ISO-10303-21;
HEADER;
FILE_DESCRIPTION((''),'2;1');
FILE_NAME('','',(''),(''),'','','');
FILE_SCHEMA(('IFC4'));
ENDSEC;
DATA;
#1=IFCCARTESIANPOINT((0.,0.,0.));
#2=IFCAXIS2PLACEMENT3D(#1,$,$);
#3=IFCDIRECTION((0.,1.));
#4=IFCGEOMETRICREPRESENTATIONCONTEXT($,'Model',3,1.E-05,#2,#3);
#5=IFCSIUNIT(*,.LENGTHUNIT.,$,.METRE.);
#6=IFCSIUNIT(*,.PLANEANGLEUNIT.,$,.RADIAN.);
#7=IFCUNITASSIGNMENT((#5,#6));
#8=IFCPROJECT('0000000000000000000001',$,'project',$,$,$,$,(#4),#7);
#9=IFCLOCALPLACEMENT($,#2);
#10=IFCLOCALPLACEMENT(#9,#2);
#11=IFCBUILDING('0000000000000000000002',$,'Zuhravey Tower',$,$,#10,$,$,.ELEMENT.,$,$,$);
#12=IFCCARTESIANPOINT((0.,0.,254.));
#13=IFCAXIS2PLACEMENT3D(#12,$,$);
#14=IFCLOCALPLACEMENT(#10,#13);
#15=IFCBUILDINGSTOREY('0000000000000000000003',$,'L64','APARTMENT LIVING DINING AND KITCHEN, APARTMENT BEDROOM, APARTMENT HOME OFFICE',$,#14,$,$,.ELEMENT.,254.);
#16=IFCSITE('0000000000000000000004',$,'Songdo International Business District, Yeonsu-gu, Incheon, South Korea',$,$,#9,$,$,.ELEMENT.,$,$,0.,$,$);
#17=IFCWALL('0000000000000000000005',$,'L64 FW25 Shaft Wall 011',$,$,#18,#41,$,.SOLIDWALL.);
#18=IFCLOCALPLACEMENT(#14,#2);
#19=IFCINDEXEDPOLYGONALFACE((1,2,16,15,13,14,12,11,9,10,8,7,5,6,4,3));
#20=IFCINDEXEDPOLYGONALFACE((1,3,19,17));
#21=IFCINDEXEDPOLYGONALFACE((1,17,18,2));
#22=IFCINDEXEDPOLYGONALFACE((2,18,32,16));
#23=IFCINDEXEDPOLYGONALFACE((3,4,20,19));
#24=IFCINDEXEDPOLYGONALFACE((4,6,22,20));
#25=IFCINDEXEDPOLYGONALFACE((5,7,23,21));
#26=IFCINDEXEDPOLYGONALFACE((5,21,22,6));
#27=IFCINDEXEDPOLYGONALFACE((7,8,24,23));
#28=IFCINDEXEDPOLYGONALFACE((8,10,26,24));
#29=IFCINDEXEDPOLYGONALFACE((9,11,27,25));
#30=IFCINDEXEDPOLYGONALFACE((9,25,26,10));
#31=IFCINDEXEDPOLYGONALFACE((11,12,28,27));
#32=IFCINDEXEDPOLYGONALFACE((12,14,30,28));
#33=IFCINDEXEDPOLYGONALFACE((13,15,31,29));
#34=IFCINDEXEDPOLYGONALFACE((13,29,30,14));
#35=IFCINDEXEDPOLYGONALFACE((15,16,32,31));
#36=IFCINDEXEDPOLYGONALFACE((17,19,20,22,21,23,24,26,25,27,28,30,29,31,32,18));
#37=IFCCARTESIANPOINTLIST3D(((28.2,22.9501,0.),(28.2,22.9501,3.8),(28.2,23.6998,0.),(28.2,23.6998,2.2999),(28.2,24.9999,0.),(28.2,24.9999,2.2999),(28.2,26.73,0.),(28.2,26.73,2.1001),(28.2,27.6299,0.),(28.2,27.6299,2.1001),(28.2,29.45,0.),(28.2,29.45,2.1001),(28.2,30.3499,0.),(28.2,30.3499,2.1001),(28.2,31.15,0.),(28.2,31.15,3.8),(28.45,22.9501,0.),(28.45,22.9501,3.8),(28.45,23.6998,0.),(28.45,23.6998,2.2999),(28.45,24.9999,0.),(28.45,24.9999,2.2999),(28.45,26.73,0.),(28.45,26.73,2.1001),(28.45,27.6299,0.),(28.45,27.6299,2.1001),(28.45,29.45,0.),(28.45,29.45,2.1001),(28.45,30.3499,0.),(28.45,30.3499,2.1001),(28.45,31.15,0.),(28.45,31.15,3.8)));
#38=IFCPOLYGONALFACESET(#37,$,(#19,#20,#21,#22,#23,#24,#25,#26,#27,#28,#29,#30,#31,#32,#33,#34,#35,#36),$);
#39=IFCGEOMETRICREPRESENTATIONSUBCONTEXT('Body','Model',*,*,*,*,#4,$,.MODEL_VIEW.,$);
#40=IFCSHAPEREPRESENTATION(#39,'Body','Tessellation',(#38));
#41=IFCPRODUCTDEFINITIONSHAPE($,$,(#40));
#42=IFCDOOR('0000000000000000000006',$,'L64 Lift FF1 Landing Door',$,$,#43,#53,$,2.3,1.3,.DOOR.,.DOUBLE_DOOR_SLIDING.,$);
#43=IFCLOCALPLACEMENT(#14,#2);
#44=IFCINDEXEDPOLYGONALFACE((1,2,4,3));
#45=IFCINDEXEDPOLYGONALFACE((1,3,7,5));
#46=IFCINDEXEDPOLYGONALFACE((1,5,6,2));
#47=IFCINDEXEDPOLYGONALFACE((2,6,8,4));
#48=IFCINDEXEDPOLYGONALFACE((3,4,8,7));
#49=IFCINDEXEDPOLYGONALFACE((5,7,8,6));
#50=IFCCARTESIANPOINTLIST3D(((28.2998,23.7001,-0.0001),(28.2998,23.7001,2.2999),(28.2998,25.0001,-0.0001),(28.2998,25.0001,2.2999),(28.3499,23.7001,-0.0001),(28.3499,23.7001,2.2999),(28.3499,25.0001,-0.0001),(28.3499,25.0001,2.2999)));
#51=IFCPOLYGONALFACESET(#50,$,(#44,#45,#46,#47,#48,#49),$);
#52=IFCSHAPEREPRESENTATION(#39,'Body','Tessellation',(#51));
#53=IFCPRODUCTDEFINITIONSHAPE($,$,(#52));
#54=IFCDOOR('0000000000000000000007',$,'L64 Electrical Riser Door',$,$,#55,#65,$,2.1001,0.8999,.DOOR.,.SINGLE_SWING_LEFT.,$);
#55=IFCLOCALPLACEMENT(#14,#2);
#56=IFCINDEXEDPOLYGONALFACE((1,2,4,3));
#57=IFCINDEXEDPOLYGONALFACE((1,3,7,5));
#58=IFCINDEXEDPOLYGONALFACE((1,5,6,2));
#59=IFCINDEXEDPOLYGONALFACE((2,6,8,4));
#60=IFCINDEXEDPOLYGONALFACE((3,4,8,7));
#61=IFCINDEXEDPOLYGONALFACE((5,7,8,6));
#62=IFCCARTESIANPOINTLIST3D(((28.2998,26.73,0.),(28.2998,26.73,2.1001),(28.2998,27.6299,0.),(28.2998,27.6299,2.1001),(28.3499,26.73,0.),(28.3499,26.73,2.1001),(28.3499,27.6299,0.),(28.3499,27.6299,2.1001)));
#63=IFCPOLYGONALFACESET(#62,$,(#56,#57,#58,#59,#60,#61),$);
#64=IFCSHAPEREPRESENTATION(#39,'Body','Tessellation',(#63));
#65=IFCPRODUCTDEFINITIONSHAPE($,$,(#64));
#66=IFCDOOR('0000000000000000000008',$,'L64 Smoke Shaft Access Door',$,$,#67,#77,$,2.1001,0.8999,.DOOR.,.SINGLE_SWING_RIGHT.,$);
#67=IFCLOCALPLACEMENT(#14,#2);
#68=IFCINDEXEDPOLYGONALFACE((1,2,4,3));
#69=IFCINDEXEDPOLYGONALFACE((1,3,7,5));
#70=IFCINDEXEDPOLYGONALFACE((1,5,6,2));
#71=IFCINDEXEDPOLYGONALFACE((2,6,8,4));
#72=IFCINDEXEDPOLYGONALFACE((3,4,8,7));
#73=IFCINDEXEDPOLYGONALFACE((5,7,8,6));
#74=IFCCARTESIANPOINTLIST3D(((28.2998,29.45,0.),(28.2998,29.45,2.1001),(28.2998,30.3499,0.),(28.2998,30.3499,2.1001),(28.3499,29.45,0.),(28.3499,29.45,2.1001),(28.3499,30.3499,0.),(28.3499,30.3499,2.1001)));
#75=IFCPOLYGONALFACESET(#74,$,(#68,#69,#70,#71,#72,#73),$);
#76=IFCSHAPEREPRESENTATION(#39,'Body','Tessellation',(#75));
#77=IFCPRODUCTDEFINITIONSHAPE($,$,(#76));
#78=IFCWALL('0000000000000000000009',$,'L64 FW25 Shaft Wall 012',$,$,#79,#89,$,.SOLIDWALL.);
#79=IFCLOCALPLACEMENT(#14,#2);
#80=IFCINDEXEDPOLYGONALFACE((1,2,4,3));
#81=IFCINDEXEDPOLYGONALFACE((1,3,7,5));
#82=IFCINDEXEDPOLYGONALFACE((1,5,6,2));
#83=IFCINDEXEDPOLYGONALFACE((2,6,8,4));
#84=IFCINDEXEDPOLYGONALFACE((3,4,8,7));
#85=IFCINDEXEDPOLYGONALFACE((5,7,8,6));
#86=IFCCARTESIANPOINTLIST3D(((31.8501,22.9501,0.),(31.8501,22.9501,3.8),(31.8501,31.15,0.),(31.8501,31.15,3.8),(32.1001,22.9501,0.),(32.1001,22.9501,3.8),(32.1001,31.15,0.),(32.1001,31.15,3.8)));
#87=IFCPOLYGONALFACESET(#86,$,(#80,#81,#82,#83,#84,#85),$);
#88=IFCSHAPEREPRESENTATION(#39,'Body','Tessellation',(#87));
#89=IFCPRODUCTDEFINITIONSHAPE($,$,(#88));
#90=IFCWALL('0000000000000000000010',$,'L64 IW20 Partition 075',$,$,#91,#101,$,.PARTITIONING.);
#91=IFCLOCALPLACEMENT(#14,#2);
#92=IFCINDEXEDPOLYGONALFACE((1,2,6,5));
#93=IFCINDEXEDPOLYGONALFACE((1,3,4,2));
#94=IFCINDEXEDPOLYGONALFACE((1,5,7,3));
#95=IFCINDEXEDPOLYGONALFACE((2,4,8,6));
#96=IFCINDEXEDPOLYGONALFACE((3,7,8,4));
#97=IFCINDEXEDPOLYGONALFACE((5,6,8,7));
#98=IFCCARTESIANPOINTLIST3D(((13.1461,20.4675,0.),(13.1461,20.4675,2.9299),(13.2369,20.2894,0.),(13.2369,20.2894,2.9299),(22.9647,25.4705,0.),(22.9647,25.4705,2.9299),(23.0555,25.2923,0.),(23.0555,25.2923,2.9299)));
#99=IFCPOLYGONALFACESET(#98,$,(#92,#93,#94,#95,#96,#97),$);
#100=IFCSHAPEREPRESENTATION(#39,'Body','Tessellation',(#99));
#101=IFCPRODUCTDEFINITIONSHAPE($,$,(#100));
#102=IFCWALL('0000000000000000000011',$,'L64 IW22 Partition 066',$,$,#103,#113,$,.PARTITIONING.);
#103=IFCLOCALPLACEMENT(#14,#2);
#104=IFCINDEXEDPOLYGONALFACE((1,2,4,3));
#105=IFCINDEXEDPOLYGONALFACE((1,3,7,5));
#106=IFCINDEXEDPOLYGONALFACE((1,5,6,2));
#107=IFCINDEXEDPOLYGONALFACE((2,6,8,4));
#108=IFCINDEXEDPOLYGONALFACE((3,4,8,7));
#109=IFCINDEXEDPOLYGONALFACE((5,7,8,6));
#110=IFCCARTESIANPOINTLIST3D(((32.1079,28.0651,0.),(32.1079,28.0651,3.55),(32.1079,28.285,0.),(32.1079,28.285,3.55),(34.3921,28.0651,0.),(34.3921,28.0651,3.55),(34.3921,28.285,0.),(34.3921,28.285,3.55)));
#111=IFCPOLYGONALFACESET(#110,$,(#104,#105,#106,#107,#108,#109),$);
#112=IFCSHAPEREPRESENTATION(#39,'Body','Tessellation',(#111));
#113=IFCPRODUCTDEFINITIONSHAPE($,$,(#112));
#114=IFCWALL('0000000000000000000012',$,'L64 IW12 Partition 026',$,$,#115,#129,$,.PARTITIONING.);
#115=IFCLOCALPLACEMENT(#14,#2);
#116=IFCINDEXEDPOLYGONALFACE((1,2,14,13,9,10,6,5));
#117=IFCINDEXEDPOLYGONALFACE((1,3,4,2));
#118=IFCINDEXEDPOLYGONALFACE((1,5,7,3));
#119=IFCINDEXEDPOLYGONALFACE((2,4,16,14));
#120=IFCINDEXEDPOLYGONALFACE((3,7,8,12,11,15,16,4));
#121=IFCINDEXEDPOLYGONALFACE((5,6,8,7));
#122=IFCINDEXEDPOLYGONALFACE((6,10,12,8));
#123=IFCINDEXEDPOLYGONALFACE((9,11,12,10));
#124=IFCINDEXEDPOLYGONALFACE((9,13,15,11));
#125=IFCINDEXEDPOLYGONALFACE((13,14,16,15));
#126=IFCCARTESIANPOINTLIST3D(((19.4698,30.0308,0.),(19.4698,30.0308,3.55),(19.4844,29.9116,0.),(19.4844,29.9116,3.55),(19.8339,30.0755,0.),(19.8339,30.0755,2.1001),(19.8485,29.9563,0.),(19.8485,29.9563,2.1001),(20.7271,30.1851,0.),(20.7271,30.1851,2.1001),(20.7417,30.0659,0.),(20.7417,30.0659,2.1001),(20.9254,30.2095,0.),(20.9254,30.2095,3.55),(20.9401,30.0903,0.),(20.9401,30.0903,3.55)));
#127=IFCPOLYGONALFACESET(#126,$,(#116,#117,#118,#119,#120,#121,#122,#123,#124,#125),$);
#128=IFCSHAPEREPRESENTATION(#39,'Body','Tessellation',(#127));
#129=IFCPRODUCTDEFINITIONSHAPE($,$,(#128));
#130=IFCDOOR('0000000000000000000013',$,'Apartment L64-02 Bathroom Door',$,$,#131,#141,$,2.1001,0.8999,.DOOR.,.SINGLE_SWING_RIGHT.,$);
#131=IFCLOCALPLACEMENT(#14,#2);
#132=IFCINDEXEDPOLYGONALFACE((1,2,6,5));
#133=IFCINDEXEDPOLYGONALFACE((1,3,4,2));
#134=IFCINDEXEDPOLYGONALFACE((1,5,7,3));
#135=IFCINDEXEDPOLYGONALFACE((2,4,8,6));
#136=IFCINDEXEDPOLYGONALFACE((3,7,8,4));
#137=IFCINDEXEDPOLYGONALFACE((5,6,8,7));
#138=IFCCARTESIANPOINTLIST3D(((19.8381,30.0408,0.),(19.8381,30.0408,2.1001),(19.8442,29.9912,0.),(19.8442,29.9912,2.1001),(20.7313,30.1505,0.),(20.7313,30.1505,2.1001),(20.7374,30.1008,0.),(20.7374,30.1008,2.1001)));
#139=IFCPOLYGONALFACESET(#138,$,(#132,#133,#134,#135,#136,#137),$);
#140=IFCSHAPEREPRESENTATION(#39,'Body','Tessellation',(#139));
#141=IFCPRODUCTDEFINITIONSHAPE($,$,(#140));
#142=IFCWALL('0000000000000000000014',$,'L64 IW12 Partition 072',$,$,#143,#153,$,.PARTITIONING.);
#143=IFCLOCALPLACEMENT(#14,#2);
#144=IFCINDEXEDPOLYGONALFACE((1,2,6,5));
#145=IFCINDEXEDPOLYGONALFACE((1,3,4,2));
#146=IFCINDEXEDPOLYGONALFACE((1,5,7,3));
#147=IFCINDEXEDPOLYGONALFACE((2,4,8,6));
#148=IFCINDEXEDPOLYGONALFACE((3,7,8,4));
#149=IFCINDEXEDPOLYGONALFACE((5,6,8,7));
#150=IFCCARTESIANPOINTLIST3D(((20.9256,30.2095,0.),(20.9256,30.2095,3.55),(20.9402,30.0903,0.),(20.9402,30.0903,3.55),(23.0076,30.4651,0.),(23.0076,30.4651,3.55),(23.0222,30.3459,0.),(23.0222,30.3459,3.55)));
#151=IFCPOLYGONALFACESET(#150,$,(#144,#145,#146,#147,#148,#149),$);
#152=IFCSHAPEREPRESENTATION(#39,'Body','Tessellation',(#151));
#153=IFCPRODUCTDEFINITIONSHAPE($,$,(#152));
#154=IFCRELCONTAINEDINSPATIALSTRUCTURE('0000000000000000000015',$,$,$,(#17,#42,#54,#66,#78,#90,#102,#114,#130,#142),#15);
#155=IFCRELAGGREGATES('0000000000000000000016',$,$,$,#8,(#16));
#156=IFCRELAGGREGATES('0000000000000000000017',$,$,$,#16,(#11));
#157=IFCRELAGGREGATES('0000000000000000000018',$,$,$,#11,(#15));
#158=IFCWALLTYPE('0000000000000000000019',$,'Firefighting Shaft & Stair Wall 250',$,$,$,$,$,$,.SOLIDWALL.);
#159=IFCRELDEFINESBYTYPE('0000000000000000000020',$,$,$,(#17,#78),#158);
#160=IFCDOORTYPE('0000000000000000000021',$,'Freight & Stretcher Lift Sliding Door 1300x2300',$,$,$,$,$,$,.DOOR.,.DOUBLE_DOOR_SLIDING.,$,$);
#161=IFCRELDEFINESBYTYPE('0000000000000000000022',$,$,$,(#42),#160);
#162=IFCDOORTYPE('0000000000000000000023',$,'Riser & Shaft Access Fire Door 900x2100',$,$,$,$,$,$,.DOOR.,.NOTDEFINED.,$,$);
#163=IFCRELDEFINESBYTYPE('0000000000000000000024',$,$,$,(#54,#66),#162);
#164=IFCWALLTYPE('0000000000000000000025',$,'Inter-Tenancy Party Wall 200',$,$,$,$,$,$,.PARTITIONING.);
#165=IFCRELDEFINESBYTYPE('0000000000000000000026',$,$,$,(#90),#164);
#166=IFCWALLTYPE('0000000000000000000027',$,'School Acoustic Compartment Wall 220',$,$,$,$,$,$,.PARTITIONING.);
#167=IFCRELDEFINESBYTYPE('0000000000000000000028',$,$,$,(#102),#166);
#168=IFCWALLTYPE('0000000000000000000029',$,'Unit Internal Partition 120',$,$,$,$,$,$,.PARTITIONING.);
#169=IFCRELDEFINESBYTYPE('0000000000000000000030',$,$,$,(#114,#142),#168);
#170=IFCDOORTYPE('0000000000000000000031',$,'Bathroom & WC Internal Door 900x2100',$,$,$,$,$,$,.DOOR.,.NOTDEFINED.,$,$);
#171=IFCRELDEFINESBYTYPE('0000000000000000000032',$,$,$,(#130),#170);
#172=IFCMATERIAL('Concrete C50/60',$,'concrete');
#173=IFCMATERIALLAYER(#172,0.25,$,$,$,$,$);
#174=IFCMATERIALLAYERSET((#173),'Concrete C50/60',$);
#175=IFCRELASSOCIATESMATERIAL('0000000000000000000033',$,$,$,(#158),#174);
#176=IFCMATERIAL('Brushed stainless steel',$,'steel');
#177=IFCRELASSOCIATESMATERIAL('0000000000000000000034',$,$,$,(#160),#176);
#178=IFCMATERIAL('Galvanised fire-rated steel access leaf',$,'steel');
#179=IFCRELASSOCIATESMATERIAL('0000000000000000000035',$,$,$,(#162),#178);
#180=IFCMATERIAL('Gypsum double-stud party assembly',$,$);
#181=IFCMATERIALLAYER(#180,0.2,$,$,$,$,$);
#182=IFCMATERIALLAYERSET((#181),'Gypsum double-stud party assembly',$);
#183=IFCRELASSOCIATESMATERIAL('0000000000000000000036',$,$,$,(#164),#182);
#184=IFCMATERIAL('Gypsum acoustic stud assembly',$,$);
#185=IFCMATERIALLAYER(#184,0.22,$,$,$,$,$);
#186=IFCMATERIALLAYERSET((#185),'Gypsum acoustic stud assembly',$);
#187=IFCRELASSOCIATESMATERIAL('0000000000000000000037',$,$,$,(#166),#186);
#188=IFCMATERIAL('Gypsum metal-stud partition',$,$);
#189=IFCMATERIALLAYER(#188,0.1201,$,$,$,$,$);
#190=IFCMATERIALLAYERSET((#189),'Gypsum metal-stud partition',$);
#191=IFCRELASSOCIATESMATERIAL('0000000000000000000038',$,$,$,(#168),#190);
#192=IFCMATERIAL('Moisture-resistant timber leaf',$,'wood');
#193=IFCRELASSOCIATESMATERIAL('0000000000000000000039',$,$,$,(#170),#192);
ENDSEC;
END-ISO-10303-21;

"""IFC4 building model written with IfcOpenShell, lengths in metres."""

from ifc_helpers import new_model, si_unit, direction, frame, frame_2d, origin, place, context, subcontext, project, spatial, rectangle, extrude, material, layer, layer_set, type_object, element, fill, save


model = new_model("IFC4")

# Units and contexts
model_context = context("Model", 3, precision=1e-05, world=origin(), true_north=direction((0.0, 1.0)))
body_context = subcontext(model_context, "Body", "Model", "MODEL_VIEW")
ifc_project = project(units=[si_unit("LENGTHUNIT", "METRE"), si_unit("PLANEANGLEUNIT", "RADIAN")], contexts=[model_context])

# Site, building, storey
site_placement = place(None, origin())
site = spatial("IfcSite", under=ifc_project, at=site_placement, Name="Songdo International Business District, Yeonsu-gu, Incheon, South Korea", CompositionType="ELEMENT", RefElevation=0.0)
building_placement = place(site_placement, origin())
building = spatial("IfcBuilding", under=site, at=building_placement, Name="Zuhravey Tower", CompositionType="ELEMENT")
storey_placement = place(building_placement, frame((0.0, 0.0, 254.0)))
storey = spatial("IfcBuildingStorey", under=building, at=storey_placement, Name="L64", Description="APARTMENT LIVING DINING AND KITCHEN, APARTMENT BEDROOM, APARTMENT HOME OFFICE", CompositionType="ELEMENT", Elevation=254.0)

# Shared definitions
ifc_material_1 = material(Name="Concrete C50/60", Category="concrete")

# Shared definitions
ifc_layer_1 = layer(ifc_material_1, 0.25)
ifc_layer_set_1 = layer_set([ifc_layer_1], Name="Concrete C50/60")
wall_type_1 = type_object("IfcWallType", Name="Firefighting Shaft & Stair Wall 250", PredefinedType="SOLIDWALL", material=ifc_layer_set_1)

# Wall, openings, doors
wall_1_placement = place(storey_placement, frame((28.325, 22.95, 0.0), z_axis=(0.0, 0.0, 1.0), x_axis=(0.0, 1.0, 0.0)))
wall_1 = element("IfcWall", 1, at=wall_1_placement, inside=storey, type_object=wall_type_1, Name="L64 FW25 Shaft Wall 011", PredefinedType="SOLIDWALL", context=body_context, shape_type="SweptSolid", body=[
    extrude(rectangle(XDim=8.2, YDim=0.25, at=frame_2d((4.1001, 0.0))), origin(), (0.0, 0.0, 1.0), 3.8),
])
opening_1_placement = place(wall_1_placement, frame((0.75, 0.0, 0.0)))
opening_1 = element("IfcOpeningElement", 2, at=opening_1_placement, cuts=wall_1, PredefinedType="OPENING", context=body_context, shape_type="SweptSolid", body=[
    extrude(rectangle(XDim=1.3, YDim=2.3, at=frame_2d((0.6499, 1.1499))), frame((0.0, 0.137, 0.0), z_axis=(0.0, -1.0, 0.0), x_axis=(1.0, 0.0, 0.0)), (0.0, 0.0, 1.0), 0.2739),
])
opening_2_placement = place(wall_1_placement, frame((3.78, 0.0, 0.0)))
opening_2 = element("IfcOpeningElement", 3, at=opening_2_placement, cuts=wall_1, PredefinedType="OPENING", context=body_context, shape_type="SweptSolid", body=[
    extrude(rectangle(XDim=0.8999, YDim=2.1001, at=frame_2d((0.45, 1.05))), frame((0.0, 0.137, 0.0), z_axis=(0.0, -1.0, 0.0), x_axis=(1.0, 0.0, 0.0)), (0.0, 0.0, 1.0), 0.2739),
])
opening_3_placement = place(wall_1_placement, frame((6.5, 0.0, 0.0)))
opening_3 = element("IfcOpeningElement", 4, at=opening_3_placement, cuts=wall_1, PredefinedType="OPENING", context=body_context, shape_type="SweptSolid", body=[
    extrude(rectangle(XDim=0.8999, YDim=2.1001, at=frame_2d((0.45, 1.05))), frame((0.0, 0.137, 0.0), z_axis=(0.0, -1.0, 0.0), x_axis=(1.0, 0.0, 0.0)), (0.0, 0.0, 1.0), 0.2739),
])
ifc_material_2 = material(Name="Brushed stainless steel", Category="steel")
door_type_1 = type_object("IfcDoorType", Name="Freight & Stretcher Lift Sliding Door 1300x2300", OperationType="DOUBLE_DOOR_SLIDING", PredefinedType="DOOR", material=ifc_material_2)
door_1_placement = place(opening_1_placement, frame((1.3, 0.0, 0.0), z_axis=(0.0, 0.0, 1.0), x_axis=(-1.0, 0.0, 0.0)))
door_1 = element("IfcDoor", 5, at=door_1_placement, inside=storey, type_object=door_type_1, Name="L64 Lift FF1 Landing Door", OperationType="DOUBLE_DOOR_SLIDING", OverallHeight=2.3, OverallWidth=1.3, PredefinedType="DOOR", context=body_context, shape_type="SweptSolid", body=[
    extrude(rectangle(XDim=1.3, YDim=2.3, at=frame_2d((0.6499, 1.1499))), frame((0.0, 0.0249, 0.0), z_axis=(0.0, -1.0, 0.0), x_axis=(1.0, 0.0, 0.0)), (0.0, 0.0, 1.0), 0.05),
])
fill(opening_1, door_1)
ifc_material_3 = material(Name="Galvanised fire-rated steel access leaf", Category="steel")
door_type_2 = type_object("IfcDoorType", Name="Riser & Shaft Access Fire Door 900x2100", OperationType="NOTDEFINED", PredefinedType="DOOR", material=ifc_material_3)
door_2_placement = place(opening_2_placement, frame((0.8999, 0.0, 0.0), z_axis=(0.0, 0.0, 1.0), x_axis=(-1.0, 0.0, 0.0)))
door_2 = element("IfcDoor", 6, at=door_2_placement, inside=storey, type_object=door_type_2, Name="L64 Electrical Riser Door", OperationType="SINGLE_SWING_LEFT", OverallHeight=2.1001, OverallWidth=0.8999, PredefinedType="DOOR", context=body_context, shape_type="SweptSolid", body=[
    extrude(rectangle(XDim=0.8999, YDim=2.1001, at=frame_2d((0.45, 1.05))), frame((0.0, 0.0249, 0.0), z_axis=(0.0, -1.0, 0.0), x_axis=(1.0, 0.0, 0.0)), (0.0, 0.0, 1.0), 0.05),
])
fill(opening_2, door_2)
door_3_placement = place(opening_3_placement, frame((0.8999, 0.0, 0.0), z_axis=(0.0, 0.0, 1.0), x_axis=(-1.0, 0.0, 0.0)))
door_3 = element("IfcDoor", 7, at=door_3_placement, inside=storey, type_object=door_type_2, Name="L64 Smoke Shaft Access Door", OperationType="SINGLE_SWING_RIGHT", OverallHeight=2.1001, OverallWidth=0.8999, PredefinedType="DOOR", context=body_context, shape_type="SweptSolid", body=[
    extrude(rectangle(XDim=0.8999, YDim=2.1001, at=frame_2d((0.45, 1.05))), frame((0.0, 0.0249, 0.0), z_axis=(0.0, -1.0, 0.0), x_axis=(1.0, 0.0, 0.0)), (0.0, 0.0, 1.0), 0.05),
])
fill(opening_3, door_3)

# Walls
wall_2_placement = place(storey_placement, frame((31.9751, 22.95, 0.0), z_axis=(0.0, 0.0, 1.0), x_axis=(0.0, 1.0, 0.0)))
element("IfcWall", 8, at=wall_2_placement, inside=storey, type_object=wall_type_1, Name="L64 FW25 Shaft Wall 012", PredefinedType="SOLIDWALL", context=body_context, shape_type="SweptSolid", body=[
    extrude(rectangle(XDim=8.2, YDim=0.25, at=frame_2d((4.1001, 0.0))), origin(), (0.0, 0.0, 1.0), 3.8),
])
ifc_material_4 = material(Name="Gypsum double-stud party assembly")
ifc_layer_2 = layer(ifc_material_4, 0.2)
ifc_layer_set_2 = layer_set([ifc_layer_2], Name="Gypsum double-stud party assembly")
wall_type_2 = type_object("IfcWallType", Name="Inter-Tenancy Party Wall 200", PredefinedType="PARTITIONING", material=ifc_layer_set_2)
wall_3_placement = place(storey_placement, frame((23.01, 25.3813, 0.0), z_axis=(0.0, 0.0, 1.0), x_axis=(-0.891003, -0.453998, 0.0)))
element("IfcWall", 9, at=wall_3_placement, inside=storey, type_object=wall_type_2, Name="L64 IW20 Partition 075", PredefinedType="PARTITIONING", context=body_context, shape_type="SweptSolid", body=[
    extrude(rectangle(XDim=11.0198, YDim=0.2, at=frame_2d((5.5098, 0.0))), origin(), (0.0, 0.0, 1.0), 2.9299),
])
ifc_material_5 = material(Name="Gypsum acoustic stud assembly")
ifc_layer_3 = layer(ifc_material_5, 0.22)
ifc_layer_set_3 = layer_set([ifc_layer_3], Name="Gypsum acoustic stud assembly")
wall_type_3 = type_object("IfcWallType", Name="School Acoustic Compartment Wall 220", PredefinedType="PARTITIONING", material=ifc_layer_set_3)
wall_4_placement = place(storey_placement, frame((32.1079, 28.175, 0.0), z_axis=(0.0, 0.0, 1.0), x_axis=(1.0, 0.0, 0.0)))
element("IfcWall", 10, at=wall_4_placement, inside=storey, type_object=wall_type_3, Name="L64 IW22 Partition 066", PredefinedType="PARTITIONING", context=body_context, shape_type="SweptSolid", body=[
    extrude(rectangle(XDim=2.2842, YDim=0.22, at=frame_2d((1.1421, 0.0))), origin(), (0.0, 0.0, 1.0), 3.55),
])

# Wall, opening, door
ifc_material_6 = material(Name="Gypsum metal-stud partition")
ifc_layer_4 = layer(ifc_material_6, 0.1201)
ifc_layer_set_4 = layer_set([ifc_layer_4], Name="Gypsum metal-stud partition")
wall_type_4 = type_object("IfcWallType", Name="Unit Internal Partition 120", PredefinedType="PARTITIONING", material=ifc_layer_set_4)
wall_5_placement = place(storey_placement, frame((20.9329, 30.1499, 0.0), z_axis=(0.0, 0.0, 1.0), x_axis=(-0.992547, -0.121863, 0.0)))
wall_5 = element("IfcWall", 11, at=wall_5_placement, inside=storey, type_object=wall_type_4, Name="L64 IW12 Partition 026", PredefinedType="PARTITIONING", context=body_context, shape_type="SweptSolid", body=[
    extrude(rectangle(XDim=1.4666, YDim=0.1201, at=frame_2d((0.7334, 0.0))), origin(), (0.0, 0.0, 1.0), 3.55),
])
opening_4_placement = place(wall_5_placement, frame((0.2, 0.0, 0.0)))
opening_4 = element("IfcOpeningElement", 12, at=opening_4_placement, cuts=wall_5, PredefinedType="OPENING", context=body_context, shape_type="SweptSolid", body=[
    extrude(rectangle(XDim=0.8999, YDim=2.1001, at=frame_2d((0.45, 1.05))), frame((0.0, 0.072, 0.0), z_axis=(0.0, -1.0, 0.0), x_axis=(1.0, 0.0, 0.0)), (0.0, 0.0, 1.0), 0.144),
])
ifc_material_7 = material(Name="Moisture-resistant timber leaf", Category="wood")
door_type_3 = type_object("IfcDoorType", Name="Bathroom & WC Internal Door 900x2100", OperationType="NOTDEFINED", PredefinedType="DOOR", material=ifc_material_7)
door_4_placement = place(opening_4_placement, origin())
door_4 = element("IfcDoor", 13, at=door_4_placement, inside=storey, type_object=door_type_3, Name="Apartment L64-02 Bathroom Door", OperationType="SINGLE_SWING_RIGHT", OverallHeight=2.1001, OverallWidth=0.8999, PredefinedType="DOOR", context=body_context, shape_type="SweptSolid", body=[
    extrude(rectangle(XDim=0.8999, YDim=2.1001, at=frame_2d((0.45, 1.05))), frame((0.0, 0.0249, 0.0), z_axis=(0.0, -1.0, 0.0), x_axis=(1.0, 0.0, 0.0)), (0.0, 0.0, 1.0), 0.05),
])
fill(opening_4, door_4)

# Wall
wall_6_placement = place(storey_placement, frame((23.0149, 30.4055, 0.0), z_axis=(0.0, 0.0, 1.0), x_axis=(-0.992548, -0.121857, 0.0)))
element("IfcWall", 14, at=wall_6_placement, inside=storey, type_object=wall_type_4, Name="L64 IW12 Partition 072", PredefinedType="PARTITIONING", context=body_context, shape_type="SweptSolid", body=[
    extrude(rectangle(XDim=2.0977, YDim=0.1201, at=frame_2d((1.0488, 0.0))), origin(), (0.0, 0.0, 1.0), 3.55),
])

save(model, "model.ifc")
